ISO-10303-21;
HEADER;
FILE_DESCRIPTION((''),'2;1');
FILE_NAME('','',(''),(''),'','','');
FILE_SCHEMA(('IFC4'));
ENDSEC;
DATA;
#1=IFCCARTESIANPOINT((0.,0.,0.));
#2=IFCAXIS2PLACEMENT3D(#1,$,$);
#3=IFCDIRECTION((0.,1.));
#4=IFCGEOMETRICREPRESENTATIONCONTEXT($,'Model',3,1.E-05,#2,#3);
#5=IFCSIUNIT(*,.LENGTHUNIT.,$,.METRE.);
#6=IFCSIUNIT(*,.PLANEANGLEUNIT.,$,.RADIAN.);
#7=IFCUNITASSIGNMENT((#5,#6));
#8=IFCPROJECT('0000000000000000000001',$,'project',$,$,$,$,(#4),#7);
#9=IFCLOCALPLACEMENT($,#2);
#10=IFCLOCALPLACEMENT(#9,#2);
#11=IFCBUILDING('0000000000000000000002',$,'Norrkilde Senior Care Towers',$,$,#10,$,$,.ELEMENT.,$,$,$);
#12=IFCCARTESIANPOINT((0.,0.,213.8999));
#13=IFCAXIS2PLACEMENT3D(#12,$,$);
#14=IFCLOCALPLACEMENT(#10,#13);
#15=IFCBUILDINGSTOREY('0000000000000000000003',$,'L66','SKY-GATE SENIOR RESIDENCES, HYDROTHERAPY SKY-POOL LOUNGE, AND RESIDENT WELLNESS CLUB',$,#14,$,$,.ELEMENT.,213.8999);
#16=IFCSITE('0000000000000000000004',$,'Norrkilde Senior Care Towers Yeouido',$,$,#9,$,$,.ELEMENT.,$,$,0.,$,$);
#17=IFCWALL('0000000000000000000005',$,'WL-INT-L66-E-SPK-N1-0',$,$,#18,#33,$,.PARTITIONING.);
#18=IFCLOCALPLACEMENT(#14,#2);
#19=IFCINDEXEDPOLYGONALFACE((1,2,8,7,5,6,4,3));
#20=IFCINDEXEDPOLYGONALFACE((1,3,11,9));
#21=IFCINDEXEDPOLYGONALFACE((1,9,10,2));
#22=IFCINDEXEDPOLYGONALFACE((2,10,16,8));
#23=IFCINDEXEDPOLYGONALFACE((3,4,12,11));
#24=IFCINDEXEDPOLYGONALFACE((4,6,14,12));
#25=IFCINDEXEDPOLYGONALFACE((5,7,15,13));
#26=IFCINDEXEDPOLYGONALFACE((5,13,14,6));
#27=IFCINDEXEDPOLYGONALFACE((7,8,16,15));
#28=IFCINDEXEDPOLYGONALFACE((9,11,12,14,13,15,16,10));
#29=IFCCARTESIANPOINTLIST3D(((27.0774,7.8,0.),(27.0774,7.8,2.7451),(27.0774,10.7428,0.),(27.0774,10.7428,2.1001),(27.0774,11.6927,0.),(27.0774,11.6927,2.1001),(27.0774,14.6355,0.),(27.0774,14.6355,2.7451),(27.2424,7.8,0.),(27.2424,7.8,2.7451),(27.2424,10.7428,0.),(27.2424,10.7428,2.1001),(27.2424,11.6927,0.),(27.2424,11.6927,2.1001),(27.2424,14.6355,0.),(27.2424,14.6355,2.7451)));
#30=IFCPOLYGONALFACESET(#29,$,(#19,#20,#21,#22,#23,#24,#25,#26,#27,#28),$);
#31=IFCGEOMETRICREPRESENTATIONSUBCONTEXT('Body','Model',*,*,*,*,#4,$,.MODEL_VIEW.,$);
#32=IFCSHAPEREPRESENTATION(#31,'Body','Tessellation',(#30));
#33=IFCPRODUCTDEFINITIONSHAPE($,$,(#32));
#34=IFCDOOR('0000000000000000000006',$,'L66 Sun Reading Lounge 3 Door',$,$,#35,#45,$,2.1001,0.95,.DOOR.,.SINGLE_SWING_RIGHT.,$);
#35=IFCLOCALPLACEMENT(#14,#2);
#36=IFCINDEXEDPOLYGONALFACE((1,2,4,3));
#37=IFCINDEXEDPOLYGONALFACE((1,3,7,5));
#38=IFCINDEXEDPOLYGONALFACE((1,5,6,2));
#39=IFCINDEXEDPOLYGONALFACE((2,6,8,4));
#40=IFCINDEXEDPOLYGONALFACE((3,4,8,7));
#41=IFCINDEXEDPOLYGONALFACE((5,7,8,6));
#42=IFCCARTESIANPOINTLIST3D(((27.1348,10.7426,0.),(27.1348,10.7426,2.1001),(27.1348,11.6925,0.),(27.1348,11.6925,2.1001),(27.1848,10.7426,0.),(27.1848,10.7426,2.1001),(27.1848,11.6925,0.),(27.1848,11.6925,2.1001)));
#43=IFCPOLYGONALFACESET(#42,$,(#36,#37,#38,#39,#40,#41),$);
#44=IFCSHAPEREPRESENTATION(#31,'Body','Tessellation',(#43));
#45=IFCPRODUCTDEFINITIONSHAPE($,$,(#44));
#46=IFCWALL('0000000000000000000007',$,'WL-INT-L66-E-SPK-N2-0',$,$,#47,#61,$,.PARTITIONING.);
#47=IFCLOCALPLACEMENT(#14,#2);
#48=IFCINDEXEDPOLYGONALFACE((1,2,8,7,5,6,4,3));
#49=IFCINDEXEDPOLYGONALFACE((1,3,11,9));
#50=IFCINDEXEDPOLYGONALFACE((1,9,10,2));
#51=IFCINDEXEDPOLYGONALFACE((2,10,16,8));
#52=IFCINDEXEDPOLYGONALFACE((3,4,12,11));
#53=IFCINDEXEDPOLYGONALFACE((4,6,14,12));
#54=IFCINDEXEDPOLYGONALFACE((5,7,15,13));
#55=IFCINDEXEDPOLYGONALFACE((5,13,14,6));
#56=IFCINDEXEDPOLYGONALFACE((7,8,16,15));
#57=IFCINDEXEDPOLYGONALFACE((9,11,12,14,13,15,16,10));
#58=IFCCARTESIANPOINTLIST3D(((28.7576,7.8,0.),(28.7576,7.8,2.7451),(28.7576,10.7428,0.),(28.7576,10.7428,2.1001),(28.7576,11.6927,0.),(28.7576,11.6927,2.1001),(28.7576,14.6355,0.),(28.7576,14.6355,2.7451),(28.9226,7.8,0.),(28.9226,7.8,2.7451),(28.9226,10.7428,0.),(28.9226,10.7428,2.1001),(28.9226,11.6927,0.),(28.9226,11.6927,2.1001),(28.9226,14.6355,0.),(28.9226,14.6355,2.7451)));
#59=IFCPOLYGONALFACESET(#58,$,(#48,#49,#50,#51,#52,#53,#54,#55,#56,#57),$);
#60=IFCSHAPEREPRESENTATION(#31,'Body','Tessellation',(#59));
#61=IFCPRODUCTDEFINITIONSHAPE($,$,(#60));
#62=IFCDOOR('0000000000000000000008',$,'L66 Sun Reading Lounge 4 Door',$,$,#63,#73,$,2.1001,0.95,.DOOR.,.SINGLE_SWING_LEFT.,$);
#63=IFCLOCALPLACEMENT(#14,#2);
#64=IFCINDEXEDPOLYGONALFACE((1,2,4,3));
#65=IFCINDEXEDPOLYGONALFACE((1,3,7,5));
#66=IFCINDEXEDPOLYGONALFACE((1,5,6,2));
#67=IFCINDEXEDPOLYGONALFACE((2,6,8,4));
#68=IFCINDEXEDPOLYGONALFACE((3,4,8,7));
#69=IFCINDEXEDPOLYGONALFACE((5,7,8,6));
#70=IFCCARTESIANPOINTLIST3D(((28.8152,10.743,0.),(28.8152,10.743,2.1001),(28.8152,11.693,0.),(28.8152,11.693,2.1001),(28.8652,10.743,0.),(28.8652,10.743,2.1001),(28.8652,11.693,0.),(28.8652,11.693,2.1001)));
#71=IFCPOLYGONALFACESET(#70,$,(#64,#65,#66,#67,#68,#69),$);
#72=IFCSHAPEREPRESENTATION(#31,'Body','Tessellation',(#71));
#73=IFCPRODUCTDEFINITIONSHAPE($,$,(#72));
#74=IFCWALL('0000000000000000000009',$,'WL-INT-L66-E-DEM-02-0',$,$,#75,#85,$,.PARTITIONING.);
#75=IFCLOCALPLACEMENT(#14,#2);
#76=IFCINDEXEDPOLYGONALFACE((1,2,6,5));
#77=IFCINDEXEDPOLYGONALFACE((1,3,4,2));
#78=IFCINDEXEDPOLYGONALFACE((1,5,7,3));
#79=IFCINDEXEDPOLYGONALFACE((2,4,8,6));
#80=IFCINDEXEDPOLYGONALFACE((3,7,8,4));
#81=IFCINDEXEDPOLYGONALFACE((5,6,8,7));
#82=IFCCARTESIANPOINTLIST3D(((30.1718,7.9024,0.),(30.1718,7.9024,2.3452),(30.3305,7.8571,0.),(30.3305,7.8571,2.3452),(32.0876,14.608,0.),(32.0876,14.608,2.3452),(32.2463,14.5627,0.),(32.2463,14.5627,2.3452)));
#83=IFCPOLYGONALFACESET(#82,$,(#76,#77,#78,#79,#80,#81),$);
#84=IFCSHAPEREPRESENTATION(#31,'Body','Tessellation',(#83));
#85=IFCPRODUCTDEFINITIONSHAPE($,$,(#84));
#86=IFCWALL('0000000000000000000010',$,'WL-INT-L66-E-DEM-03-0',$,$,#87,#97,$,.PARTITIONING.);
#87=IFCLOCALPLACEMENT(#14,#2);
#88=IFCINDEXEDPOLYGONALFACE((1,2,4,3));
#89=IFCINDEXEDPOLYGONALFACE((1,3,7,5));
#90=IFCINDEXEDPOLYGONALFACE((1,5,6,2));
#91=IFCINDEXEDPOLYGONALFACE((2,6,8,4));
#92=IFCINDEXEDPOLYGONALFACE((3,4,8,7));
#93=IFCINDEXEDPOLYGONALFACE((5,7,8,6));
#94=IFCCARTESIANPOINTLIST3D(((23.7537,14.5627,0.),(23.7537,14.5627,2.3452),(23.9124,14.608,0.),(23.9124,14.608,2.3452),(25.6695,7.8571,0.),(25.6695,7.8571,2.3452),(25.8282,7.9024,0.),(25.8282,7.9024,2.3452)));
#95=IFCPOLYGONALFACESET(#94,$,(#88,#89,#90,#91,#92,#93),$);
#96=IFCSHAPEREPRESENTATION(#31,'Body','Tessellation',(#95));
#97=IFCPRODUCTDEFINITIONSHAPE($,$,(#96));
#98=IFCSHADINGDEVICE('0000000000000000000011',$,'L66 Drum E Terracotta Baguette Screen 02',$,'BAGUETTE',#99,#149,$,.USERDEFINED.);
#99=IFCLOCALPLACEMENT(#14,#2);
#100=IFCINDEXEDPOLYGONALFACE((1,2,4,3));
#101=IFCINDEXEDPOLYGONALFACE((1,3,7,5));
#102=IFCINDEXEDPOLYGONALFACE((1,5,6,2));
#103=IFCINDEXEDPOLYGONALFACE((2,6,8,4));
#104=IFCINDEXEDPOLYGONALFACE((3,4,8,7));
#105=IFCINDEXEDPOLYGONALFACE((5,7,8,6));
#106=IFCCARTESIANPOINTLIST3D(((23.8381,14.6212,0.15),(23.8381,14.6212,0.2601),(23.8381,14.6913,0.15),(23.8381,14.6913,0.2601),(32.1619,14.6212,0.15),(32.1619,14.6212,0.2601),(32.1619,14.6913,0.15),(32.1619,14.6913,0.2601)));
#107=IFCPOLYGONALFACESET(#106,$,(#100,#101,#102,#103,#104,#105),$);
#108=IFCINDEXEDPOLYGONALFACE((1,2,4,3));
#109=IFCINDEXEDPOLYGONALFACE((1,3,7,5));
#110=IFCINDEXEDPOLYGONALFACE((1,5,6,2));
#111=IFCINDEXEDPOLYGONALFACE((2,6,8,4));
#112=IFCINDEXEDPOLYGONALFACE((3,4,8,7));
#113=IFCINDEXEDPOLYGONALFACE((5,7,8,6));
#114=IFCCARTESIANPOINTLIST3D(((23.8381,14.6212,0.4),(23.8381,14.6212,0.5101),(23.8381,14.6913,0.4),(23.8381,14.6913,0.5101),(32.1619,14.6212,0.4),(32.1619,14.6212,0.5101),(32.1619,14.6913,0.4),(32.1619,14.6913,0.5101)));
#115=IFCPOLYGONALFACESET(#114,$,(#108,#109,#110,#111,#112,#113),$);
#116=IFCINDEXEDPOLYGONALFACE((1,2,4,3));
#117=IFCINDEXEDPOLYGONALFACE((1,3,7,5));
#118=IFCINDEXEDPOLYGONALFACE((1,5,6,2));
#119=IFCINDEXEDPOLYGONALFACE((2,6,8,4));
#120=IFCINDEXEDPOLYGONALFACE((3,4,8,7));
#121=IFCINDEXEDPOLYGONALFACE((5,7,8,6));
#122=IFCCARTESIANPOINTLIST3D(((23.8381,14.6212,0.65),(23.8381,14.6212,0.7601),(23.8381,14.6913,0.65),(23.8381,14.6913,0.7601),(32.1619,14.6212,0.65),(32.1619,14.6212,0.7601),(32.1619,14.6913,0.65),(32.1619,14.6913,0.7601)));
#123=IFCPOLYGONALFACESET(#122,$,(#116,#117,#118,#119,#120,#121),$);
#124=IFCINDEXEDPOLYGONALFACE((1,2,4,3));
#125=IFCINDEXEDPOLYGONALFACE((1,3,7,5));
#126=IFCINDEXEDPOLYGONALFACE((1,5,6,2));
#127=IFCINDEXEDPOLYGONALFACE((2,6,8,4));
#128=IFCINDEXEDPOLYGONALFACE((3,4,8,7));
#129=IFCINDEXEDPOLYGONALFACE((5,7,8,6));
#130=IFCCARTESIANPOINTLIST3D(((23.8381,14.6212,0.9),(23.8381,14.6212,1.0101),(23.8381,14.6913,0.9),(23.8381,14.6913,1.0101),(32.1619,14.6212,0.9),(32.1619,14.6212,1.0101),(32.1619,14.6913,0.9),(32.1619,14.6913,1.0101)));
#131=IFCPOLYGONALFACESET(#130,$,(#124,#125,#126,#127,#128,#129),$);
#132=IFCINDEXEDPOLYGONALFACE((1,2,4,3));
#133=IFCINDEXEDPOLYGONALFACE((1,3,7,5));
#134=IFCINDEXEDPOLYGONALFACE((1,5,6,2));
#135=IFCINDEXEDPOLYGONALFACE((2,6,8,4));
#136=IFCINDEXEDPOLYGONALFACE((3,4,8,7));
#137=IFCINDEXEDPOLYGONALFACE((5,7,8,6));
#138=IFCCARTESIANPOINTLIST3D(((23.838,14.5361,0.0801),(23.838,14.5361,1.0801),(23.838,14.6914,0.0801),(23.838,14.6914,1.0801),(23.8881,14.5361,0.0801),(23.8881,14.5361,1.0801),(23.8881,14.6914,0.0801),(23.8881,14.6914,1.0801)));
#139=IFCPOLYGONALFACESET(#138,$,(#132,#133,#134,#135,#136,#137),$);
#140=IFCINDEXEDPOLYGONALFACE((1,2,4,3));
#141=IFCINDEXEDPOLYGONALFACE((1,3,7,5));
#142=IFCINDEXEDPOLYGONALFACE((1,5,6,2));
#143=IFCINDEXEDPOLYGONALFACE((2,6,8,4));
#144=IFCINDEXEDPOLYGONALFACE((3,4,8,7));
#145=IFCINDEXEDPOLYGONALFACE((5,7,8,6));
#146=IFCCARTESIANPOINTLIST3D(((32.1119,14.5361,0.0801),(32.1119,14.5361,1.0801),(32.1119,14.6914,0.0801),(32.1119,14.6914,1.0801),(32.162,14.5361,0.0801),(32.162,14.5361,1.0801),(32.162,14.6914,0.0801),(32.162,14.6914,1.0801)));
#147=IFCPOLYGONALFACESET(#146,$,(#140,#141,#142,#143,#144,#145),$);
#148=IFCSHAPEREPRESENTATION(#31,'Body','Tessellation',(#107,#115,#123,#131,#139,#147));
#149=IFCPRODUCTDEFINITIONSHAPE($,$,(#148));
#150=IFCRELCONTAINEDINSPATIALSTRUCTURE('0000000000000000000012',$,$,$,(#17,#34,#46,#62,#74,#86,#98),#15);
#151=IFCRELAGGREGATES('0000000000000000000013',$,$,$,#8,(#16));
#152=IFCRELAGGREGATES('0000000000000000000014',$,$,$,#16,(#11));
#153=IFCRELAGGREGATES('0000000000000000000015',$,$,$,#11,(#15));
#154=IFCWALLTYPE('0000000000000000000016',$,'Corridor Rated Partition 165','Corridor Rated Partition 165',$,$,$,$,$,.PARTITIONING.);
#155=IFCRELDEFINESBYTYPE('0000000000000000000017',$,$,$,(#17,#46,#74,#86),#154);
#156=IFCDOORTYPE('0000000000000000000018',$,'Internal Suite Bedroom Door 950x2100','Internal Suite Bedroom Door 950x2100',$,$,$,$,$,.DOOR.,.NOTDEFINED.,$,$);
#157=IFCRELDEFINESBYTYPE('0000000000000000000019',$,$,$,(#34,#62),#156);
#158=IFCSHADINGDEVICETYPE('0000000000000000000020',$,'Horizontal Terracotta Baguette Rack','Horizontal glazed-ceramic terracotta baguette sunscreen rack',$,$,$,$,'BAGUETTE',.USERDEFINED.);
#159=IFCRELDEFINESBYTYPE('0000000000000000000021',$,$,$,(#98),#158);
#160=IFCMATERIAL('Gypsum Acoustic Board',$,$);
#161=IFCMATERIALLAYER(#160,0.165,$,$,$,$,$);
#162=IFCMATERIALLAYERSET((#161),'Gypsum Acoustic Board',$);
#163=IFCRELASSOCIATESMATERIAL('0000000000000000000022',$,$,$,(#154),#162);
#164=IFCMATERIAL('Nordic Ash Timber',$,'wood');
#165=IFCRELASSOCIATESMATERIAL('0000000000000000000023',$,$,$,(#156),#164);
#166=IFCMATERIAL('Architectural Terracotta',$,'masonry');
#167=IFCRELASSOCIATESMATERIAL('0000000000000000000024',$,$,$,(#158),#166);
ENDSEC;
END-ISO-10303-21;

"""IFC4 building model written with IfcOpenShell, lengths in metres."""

from ifc_helpers import new_model, si_unit, direction, frame, frame_2d, origin, origin_2d, place, context, subcontext, project, spatial, rectangle, extrude, source, transform, mapped, material, layer, layer_set, type_object, type_shapes, element, fill, save


model = new_model("IFC4")

# Units and contexts
model_context = context("Model", 3, precision=1e-05, world=origin(), true_north=direction((0.0, 1.0)))
body_context = subcontext(model_context, "Body", "Model", "MODEL_VIEW")
ifc_project = project(units=[si_unit("LENGTHUNIT", "METRE"), si_unit("PLANEANGLEUNIT", "RADIAN")], contexts=[model_context])

# Site, building, storey
site_placement = place(None, origin())
site = spatial("IfcSite", under=ifc_project, at=site_placement, Name="Norrkilde Senior Care Towers Yeouido", CompositionType="ELEMENT", RefElevation=0.0)
building_placement = place(site_placement, origin())
building = spatial("IfcBuilding", under=site, at=building_placement, Name="Norrkilde Senior Care Towers", CompositionType="ELEMENT")
storey_placement = place(building_placement, frame((0.0, 0.0, 213.8999)))
storey = spatial("IfcBuildingStorey", under=building, at=storey_placement, Name="L66", Description="SKY-GATE SENIOR RESIDENCES, HYDROTHERAPY SKY-POOL LOUNGE, AND RESIDENT WELLNESS CLUB", CompositionType="ELEMENT", Elevation=213.8999)

# Walls, openings, doors
ifc_material_1 = material(Name="Gypsum Acoustic Board")
ifc_layer_1 = layer(ifc_material_1, 0.165)
ifc_layer_set_1 = layer_set([ifc_layer_1], Name="Gypsum Acoustic Board")
wall_type = type_object("IfcWallType", Name="Corridor Rated Partition 165", Description="Corridor Rated Partition 165", PredefinedType="PARTITIONING", material=ifc_layer_set_1)
ifc_material_2 = material(Name="Nordic Ash Timber", Category="wood")
shared_shape_1 = source(origin(), body_context, "Body", "SweptSolid", [
    extrude(rectangle(XDim=6.8354, YDim=0.165, at=frame_2d((3.4177, 0.0))), origin(), (0.0, 0.0, 1.0), 2.7451),
])
wall_1_placement = place(storey_placement, frame((27.1599, 7.8, 0.0), z_axis=(0.0, 0.0, 1.0), x_axis=(0.0, 1.0, 0.0)))
wall_1 = element("IfcWall", 1, at=wall_1_placement, inside=storey, type_object=wall_type, Name="WL-INT-L66-E-SPK-N1-0", PredefinedType="PARTITIONING", context=body_context, shape_type="MappedRepresentation", body=[
    mapped(shared_shape_1, transform((0.0, 0.0, 0.0), x_axis=(1.0, 0.0, 0.0), y_axis=(0.0, 1.0, 0.0), z_axis=(0.0, 0.0, 1.0), scale=1.0)),
])
opening_1_placement = place(wall_1_placement, frame((2.9426, 0.0, 0.0)))
opening_1 = element("IfcOpeningElement", 2, at=opening_1_placement, cuts=wall_1, PredefinedType="OPENING", context=body_context, shape_type="SweptSolid", body=[
    extrude(rectangle(XDim=0.95, YDim=2.1001, at=frame_2d((0.4751, 1.05))), frame((0.0, 0.0925, 0.0), z_axis=(0.0, -1.0, 0.0), x_axis=(1.0, 0.0, 0.0)), (0.0, 0.0, 1.0), 0.1851),
])
door_type_1 = type_object("IfcDoorType", Name="Internal Suite Bedroom Door 950x2100", Description="Internal Suite Bedroom Door 950x2100", OperationType="NOTDEFINED", PredefinedType="DOOR", material=ifc_material_2)
shared_shape_2 = source(origin(), body_context, "Body", "SweptSolid", [
    extrude(rectangle(XDim=0.95, YDim=2.1001, at=frame_2d((0.4751, 1.05))), frame((0.0, 0.0249, 0.0), z_axis=(0.0, -1.0, 0.0), x_axis=(1.0, 0.0, 0.0)), (0.0, 0.0, 1.0), 0.05),
])
type_shapes(door_type_1, [shared_shape_2])
door_1_placement = place(opening_1_placement, frame((0.95, 0.0, 0.0), z_axis=(0.0, 0.0, 1.0), x_axis=(-1.0, 0.0, 0.0)))
door_1 = element("IfcDoor", 3, at=door_1_placement, inside=storey, type_object=door_type_1, Name="L66 Sun Reading Lounge 3 Door", OperationType="SINGLE_SWING_RIGHT", OverallHeight=2.1001, OverallWidth=0.95, PredefinedType="DOOR", context=body_context, shape_type="MappedRepresentation", body=[
    mapped(shared_shape_2, transform((0.0, 0.0, 0.0), x_axis=(1.0, 0.0, 0.0), y_axis=(0.0, 1.0, 0.0), z_axis=(0.0, 0.0, 1.0), scale=1.0)),
])
fill(opening_1, door_1)
wall_2_placement = place(storey_placement, frame((28.8401, 14.6355, 0.0), z_axis=(0.0, 0.0, 1.0), x_axis=(0.0, -1.0, 0.0)))
wall_2 = element("IfcWall", 4, at=wall_2_placement, inside=storey, type_object=wall_type, Name="WL-INT-L66-E-SPK-N2-0", PredefinedType="PARTITIONING", context=body_context, shape_type="MappedRepresentation", body=[
    mapped(shared_shape_1, transform((0.0, 0.0, 0.0), x_axis=(1.0, 0.0, 0.0), y_axis=(0.0, 1.0, 0.0), z_axis=(0.0, 0.0, 1.0), scale=1.0)),
])
opening_2_placement = place(wall_2_placement, frame((2.9426, 0.0, 0.0)))
opening_2 = element("IfcOpeningElement", 5, at=opening_2_placement, cuts=wall_2, PredefinedType="OPENING", context=body_context, shape_type="SweptSolid", body=[
    extrude(rectangle(XDim=0.95, YDim=2.1001, at=frame_2d((0.4751, 1.05))), frame((0.0, 0.0925, 0.0), z_axis=(0.0, -1.0, 0.0), x_axis=(1.0, 0.0, 0.0)), (0.0, 0.0, 1.0), 0.1851),
])
door_2_placement = place(opening_2_placement, frame((0.95, 0.0, 0.0), z_axis=(0.0, 0.0, 1.0), x_axis=(-1.0, 0.0, 0.0)))
door_2 = element("IfcDoor", 6, at=door_2_placement, inside=storey, type_object=door_type_1, Name="L66 Sun Reading Lounge 4 Door", OperationType="SINGLE_SWING_LEFT", OverallHeight=2.1001, OverallWidth=0.95, PredefinedType="DOOR", context=body_context, shape_type="MappedRepresentation", body=[
    mapped(shared_shape_2, transform((0.0, 0.0, 0.0), x_axis=(1.0, 0.0, 0.0), y_axis=(0.0, 1.0, 0.0), z_axis=(0.0, 0.0, 1.0), scale=1.0)),
])
fill(opening_2, door_2)

# Walls
shared_shape_3 = source(origin(), body_context, "Body", "SweptSolid", [
    extrude(rectangle(XDim=6.9739, YDim=0.165, at=frame_2d((3.4868, 0.0))), origin(), (0.0, 0.0, 1.0), 2.3452),
])
for number, where, z_axis, x_axis, name in (
    (7, (30.2512, 7.8799, 0.0), (0.0, 0.0, 1.0), (0.274707, 0.961528, 0.0), "WL-INT-L66-E-DEM-02-0"),
    (8, (25.7488, 7.8799, 0.0), (0.0, 0.0, 1.0), (-0.274707, 0.961528, 0.0), "WL-INT-L66-E-DEM-03-0"),
):
    element("IfcWall", number, at=place(storey_placement, frame(where, z_axis=z_axis, x_axis=x_axis)), inside=storey, type_object=wall_type, Name=name, PredefinedType="PARTITIONING", context=body_context, shape_type="MappedRepresentation", body=[
        mapped(shared_shape_3, transform((0.0, 0.0, 0.0), x_axis=(1.0, 0.0, 0.0), y_axis=(0.0, 1.0, 0.0), z_axis=(0.0, 0.0, 1.0), scale=1.0)),
    ])

# Shading device
ifc_material_3 = material(Name="Architectural Terracotta", Category="masonry")
shading_device_type = type_object("IfcShadingDeviceType", Name="Horizontal Terracotta Baguette Rack", Description="Horizontal glazed-ceramic terracotta baguette sunscreen rack", ElementType="BAGUETTE", PredefinedType="USERDEFINED", material=ifc_material_3)
shared_shape_4 = source(origin(), body_context, "Body", "SweptSolid", [
    extrude(rectangle(XDim=0.0701, YDim=0.1101, at=origin_2d()), frame((0.0, 0.0901, 0.125), z_axis=(1.0, 0.0, 0.0), x_axis=(0.0, 1.0, 0.0)), (0.0, 0.0, 1.0), 8.3237),
    extrude(rectangle(XDim=0.0701, YDim=0.1101, at=origin_2d()), frame((0.0, 0.0901, 0.375), z_axis=(1.0, 0.0, 0.0), x_axis=(0.0, 1.0, 0.0)), (0.0, 0.0, 1.0), 8.3237),
    extrude(rectangle(XDim=0.0701, YDim=0.1101, at=origin_2d()), frame((0.0, 0.0901, 0.625), z_axis=(1.0, 0.0, 0.0), x_axis=(0.0, 1.0, 0.0)), (0.0, 0.0, 1.0), 8.3237),
    extrude(rectangle(XDim=0.0701, YDim=0.1101, at=origin_2d()), frame((0.0, 0.0901, 0.875), z_axis=(1.0, 0.0, 0.0), x_axis=(0.0, 1.0, 0.0)), (0.0, 0.0, 1.0), 8.3237),
    extrude(rectangle(XDim=0.05, YDim=0.1553, at=origin_2d()), frame((0.0249, 0.0476, 0.0)), (0.0, 0.0, 1.0), 1.0),
    extrude(rectangle(XDim=0.05, YDim=0.1553, at=origin_2d()), frame((8.2988, 0.0476, 0.0)), (0.0, 0.0, 1.0), 1.0),
])
type_shapes(shading_device_type, [shared_shape_4])
shading_device_placement = place(storey_placement, frame((23.8381, 14.5662, 0.0801), z_axis=(0.0, 0.0, 1.0), x_axis=(1.0, 0.0, 0.0)))
element("IfcShadingDevice", 9, at=shading_device_placement, inside=storey, type_object=shading_device_type, Name="L66 Drum E Terracotta Baguette Screen 02", ObjectType="BAGUETTE", PredefinedType="USERDEFINED", context=body_context, shape_type="MappedRepresentation", body=[
    mapped(shared_shape_4, transform((0.0, 0.0, 0.0), x_axis=(1.0, 0.0, 0.0), y_axis=(0.0, 1.0, 0.0), z_axis=(0.0, 0.0, 1.0), scale=1.0)),
])

save(model, "model.ifc")
